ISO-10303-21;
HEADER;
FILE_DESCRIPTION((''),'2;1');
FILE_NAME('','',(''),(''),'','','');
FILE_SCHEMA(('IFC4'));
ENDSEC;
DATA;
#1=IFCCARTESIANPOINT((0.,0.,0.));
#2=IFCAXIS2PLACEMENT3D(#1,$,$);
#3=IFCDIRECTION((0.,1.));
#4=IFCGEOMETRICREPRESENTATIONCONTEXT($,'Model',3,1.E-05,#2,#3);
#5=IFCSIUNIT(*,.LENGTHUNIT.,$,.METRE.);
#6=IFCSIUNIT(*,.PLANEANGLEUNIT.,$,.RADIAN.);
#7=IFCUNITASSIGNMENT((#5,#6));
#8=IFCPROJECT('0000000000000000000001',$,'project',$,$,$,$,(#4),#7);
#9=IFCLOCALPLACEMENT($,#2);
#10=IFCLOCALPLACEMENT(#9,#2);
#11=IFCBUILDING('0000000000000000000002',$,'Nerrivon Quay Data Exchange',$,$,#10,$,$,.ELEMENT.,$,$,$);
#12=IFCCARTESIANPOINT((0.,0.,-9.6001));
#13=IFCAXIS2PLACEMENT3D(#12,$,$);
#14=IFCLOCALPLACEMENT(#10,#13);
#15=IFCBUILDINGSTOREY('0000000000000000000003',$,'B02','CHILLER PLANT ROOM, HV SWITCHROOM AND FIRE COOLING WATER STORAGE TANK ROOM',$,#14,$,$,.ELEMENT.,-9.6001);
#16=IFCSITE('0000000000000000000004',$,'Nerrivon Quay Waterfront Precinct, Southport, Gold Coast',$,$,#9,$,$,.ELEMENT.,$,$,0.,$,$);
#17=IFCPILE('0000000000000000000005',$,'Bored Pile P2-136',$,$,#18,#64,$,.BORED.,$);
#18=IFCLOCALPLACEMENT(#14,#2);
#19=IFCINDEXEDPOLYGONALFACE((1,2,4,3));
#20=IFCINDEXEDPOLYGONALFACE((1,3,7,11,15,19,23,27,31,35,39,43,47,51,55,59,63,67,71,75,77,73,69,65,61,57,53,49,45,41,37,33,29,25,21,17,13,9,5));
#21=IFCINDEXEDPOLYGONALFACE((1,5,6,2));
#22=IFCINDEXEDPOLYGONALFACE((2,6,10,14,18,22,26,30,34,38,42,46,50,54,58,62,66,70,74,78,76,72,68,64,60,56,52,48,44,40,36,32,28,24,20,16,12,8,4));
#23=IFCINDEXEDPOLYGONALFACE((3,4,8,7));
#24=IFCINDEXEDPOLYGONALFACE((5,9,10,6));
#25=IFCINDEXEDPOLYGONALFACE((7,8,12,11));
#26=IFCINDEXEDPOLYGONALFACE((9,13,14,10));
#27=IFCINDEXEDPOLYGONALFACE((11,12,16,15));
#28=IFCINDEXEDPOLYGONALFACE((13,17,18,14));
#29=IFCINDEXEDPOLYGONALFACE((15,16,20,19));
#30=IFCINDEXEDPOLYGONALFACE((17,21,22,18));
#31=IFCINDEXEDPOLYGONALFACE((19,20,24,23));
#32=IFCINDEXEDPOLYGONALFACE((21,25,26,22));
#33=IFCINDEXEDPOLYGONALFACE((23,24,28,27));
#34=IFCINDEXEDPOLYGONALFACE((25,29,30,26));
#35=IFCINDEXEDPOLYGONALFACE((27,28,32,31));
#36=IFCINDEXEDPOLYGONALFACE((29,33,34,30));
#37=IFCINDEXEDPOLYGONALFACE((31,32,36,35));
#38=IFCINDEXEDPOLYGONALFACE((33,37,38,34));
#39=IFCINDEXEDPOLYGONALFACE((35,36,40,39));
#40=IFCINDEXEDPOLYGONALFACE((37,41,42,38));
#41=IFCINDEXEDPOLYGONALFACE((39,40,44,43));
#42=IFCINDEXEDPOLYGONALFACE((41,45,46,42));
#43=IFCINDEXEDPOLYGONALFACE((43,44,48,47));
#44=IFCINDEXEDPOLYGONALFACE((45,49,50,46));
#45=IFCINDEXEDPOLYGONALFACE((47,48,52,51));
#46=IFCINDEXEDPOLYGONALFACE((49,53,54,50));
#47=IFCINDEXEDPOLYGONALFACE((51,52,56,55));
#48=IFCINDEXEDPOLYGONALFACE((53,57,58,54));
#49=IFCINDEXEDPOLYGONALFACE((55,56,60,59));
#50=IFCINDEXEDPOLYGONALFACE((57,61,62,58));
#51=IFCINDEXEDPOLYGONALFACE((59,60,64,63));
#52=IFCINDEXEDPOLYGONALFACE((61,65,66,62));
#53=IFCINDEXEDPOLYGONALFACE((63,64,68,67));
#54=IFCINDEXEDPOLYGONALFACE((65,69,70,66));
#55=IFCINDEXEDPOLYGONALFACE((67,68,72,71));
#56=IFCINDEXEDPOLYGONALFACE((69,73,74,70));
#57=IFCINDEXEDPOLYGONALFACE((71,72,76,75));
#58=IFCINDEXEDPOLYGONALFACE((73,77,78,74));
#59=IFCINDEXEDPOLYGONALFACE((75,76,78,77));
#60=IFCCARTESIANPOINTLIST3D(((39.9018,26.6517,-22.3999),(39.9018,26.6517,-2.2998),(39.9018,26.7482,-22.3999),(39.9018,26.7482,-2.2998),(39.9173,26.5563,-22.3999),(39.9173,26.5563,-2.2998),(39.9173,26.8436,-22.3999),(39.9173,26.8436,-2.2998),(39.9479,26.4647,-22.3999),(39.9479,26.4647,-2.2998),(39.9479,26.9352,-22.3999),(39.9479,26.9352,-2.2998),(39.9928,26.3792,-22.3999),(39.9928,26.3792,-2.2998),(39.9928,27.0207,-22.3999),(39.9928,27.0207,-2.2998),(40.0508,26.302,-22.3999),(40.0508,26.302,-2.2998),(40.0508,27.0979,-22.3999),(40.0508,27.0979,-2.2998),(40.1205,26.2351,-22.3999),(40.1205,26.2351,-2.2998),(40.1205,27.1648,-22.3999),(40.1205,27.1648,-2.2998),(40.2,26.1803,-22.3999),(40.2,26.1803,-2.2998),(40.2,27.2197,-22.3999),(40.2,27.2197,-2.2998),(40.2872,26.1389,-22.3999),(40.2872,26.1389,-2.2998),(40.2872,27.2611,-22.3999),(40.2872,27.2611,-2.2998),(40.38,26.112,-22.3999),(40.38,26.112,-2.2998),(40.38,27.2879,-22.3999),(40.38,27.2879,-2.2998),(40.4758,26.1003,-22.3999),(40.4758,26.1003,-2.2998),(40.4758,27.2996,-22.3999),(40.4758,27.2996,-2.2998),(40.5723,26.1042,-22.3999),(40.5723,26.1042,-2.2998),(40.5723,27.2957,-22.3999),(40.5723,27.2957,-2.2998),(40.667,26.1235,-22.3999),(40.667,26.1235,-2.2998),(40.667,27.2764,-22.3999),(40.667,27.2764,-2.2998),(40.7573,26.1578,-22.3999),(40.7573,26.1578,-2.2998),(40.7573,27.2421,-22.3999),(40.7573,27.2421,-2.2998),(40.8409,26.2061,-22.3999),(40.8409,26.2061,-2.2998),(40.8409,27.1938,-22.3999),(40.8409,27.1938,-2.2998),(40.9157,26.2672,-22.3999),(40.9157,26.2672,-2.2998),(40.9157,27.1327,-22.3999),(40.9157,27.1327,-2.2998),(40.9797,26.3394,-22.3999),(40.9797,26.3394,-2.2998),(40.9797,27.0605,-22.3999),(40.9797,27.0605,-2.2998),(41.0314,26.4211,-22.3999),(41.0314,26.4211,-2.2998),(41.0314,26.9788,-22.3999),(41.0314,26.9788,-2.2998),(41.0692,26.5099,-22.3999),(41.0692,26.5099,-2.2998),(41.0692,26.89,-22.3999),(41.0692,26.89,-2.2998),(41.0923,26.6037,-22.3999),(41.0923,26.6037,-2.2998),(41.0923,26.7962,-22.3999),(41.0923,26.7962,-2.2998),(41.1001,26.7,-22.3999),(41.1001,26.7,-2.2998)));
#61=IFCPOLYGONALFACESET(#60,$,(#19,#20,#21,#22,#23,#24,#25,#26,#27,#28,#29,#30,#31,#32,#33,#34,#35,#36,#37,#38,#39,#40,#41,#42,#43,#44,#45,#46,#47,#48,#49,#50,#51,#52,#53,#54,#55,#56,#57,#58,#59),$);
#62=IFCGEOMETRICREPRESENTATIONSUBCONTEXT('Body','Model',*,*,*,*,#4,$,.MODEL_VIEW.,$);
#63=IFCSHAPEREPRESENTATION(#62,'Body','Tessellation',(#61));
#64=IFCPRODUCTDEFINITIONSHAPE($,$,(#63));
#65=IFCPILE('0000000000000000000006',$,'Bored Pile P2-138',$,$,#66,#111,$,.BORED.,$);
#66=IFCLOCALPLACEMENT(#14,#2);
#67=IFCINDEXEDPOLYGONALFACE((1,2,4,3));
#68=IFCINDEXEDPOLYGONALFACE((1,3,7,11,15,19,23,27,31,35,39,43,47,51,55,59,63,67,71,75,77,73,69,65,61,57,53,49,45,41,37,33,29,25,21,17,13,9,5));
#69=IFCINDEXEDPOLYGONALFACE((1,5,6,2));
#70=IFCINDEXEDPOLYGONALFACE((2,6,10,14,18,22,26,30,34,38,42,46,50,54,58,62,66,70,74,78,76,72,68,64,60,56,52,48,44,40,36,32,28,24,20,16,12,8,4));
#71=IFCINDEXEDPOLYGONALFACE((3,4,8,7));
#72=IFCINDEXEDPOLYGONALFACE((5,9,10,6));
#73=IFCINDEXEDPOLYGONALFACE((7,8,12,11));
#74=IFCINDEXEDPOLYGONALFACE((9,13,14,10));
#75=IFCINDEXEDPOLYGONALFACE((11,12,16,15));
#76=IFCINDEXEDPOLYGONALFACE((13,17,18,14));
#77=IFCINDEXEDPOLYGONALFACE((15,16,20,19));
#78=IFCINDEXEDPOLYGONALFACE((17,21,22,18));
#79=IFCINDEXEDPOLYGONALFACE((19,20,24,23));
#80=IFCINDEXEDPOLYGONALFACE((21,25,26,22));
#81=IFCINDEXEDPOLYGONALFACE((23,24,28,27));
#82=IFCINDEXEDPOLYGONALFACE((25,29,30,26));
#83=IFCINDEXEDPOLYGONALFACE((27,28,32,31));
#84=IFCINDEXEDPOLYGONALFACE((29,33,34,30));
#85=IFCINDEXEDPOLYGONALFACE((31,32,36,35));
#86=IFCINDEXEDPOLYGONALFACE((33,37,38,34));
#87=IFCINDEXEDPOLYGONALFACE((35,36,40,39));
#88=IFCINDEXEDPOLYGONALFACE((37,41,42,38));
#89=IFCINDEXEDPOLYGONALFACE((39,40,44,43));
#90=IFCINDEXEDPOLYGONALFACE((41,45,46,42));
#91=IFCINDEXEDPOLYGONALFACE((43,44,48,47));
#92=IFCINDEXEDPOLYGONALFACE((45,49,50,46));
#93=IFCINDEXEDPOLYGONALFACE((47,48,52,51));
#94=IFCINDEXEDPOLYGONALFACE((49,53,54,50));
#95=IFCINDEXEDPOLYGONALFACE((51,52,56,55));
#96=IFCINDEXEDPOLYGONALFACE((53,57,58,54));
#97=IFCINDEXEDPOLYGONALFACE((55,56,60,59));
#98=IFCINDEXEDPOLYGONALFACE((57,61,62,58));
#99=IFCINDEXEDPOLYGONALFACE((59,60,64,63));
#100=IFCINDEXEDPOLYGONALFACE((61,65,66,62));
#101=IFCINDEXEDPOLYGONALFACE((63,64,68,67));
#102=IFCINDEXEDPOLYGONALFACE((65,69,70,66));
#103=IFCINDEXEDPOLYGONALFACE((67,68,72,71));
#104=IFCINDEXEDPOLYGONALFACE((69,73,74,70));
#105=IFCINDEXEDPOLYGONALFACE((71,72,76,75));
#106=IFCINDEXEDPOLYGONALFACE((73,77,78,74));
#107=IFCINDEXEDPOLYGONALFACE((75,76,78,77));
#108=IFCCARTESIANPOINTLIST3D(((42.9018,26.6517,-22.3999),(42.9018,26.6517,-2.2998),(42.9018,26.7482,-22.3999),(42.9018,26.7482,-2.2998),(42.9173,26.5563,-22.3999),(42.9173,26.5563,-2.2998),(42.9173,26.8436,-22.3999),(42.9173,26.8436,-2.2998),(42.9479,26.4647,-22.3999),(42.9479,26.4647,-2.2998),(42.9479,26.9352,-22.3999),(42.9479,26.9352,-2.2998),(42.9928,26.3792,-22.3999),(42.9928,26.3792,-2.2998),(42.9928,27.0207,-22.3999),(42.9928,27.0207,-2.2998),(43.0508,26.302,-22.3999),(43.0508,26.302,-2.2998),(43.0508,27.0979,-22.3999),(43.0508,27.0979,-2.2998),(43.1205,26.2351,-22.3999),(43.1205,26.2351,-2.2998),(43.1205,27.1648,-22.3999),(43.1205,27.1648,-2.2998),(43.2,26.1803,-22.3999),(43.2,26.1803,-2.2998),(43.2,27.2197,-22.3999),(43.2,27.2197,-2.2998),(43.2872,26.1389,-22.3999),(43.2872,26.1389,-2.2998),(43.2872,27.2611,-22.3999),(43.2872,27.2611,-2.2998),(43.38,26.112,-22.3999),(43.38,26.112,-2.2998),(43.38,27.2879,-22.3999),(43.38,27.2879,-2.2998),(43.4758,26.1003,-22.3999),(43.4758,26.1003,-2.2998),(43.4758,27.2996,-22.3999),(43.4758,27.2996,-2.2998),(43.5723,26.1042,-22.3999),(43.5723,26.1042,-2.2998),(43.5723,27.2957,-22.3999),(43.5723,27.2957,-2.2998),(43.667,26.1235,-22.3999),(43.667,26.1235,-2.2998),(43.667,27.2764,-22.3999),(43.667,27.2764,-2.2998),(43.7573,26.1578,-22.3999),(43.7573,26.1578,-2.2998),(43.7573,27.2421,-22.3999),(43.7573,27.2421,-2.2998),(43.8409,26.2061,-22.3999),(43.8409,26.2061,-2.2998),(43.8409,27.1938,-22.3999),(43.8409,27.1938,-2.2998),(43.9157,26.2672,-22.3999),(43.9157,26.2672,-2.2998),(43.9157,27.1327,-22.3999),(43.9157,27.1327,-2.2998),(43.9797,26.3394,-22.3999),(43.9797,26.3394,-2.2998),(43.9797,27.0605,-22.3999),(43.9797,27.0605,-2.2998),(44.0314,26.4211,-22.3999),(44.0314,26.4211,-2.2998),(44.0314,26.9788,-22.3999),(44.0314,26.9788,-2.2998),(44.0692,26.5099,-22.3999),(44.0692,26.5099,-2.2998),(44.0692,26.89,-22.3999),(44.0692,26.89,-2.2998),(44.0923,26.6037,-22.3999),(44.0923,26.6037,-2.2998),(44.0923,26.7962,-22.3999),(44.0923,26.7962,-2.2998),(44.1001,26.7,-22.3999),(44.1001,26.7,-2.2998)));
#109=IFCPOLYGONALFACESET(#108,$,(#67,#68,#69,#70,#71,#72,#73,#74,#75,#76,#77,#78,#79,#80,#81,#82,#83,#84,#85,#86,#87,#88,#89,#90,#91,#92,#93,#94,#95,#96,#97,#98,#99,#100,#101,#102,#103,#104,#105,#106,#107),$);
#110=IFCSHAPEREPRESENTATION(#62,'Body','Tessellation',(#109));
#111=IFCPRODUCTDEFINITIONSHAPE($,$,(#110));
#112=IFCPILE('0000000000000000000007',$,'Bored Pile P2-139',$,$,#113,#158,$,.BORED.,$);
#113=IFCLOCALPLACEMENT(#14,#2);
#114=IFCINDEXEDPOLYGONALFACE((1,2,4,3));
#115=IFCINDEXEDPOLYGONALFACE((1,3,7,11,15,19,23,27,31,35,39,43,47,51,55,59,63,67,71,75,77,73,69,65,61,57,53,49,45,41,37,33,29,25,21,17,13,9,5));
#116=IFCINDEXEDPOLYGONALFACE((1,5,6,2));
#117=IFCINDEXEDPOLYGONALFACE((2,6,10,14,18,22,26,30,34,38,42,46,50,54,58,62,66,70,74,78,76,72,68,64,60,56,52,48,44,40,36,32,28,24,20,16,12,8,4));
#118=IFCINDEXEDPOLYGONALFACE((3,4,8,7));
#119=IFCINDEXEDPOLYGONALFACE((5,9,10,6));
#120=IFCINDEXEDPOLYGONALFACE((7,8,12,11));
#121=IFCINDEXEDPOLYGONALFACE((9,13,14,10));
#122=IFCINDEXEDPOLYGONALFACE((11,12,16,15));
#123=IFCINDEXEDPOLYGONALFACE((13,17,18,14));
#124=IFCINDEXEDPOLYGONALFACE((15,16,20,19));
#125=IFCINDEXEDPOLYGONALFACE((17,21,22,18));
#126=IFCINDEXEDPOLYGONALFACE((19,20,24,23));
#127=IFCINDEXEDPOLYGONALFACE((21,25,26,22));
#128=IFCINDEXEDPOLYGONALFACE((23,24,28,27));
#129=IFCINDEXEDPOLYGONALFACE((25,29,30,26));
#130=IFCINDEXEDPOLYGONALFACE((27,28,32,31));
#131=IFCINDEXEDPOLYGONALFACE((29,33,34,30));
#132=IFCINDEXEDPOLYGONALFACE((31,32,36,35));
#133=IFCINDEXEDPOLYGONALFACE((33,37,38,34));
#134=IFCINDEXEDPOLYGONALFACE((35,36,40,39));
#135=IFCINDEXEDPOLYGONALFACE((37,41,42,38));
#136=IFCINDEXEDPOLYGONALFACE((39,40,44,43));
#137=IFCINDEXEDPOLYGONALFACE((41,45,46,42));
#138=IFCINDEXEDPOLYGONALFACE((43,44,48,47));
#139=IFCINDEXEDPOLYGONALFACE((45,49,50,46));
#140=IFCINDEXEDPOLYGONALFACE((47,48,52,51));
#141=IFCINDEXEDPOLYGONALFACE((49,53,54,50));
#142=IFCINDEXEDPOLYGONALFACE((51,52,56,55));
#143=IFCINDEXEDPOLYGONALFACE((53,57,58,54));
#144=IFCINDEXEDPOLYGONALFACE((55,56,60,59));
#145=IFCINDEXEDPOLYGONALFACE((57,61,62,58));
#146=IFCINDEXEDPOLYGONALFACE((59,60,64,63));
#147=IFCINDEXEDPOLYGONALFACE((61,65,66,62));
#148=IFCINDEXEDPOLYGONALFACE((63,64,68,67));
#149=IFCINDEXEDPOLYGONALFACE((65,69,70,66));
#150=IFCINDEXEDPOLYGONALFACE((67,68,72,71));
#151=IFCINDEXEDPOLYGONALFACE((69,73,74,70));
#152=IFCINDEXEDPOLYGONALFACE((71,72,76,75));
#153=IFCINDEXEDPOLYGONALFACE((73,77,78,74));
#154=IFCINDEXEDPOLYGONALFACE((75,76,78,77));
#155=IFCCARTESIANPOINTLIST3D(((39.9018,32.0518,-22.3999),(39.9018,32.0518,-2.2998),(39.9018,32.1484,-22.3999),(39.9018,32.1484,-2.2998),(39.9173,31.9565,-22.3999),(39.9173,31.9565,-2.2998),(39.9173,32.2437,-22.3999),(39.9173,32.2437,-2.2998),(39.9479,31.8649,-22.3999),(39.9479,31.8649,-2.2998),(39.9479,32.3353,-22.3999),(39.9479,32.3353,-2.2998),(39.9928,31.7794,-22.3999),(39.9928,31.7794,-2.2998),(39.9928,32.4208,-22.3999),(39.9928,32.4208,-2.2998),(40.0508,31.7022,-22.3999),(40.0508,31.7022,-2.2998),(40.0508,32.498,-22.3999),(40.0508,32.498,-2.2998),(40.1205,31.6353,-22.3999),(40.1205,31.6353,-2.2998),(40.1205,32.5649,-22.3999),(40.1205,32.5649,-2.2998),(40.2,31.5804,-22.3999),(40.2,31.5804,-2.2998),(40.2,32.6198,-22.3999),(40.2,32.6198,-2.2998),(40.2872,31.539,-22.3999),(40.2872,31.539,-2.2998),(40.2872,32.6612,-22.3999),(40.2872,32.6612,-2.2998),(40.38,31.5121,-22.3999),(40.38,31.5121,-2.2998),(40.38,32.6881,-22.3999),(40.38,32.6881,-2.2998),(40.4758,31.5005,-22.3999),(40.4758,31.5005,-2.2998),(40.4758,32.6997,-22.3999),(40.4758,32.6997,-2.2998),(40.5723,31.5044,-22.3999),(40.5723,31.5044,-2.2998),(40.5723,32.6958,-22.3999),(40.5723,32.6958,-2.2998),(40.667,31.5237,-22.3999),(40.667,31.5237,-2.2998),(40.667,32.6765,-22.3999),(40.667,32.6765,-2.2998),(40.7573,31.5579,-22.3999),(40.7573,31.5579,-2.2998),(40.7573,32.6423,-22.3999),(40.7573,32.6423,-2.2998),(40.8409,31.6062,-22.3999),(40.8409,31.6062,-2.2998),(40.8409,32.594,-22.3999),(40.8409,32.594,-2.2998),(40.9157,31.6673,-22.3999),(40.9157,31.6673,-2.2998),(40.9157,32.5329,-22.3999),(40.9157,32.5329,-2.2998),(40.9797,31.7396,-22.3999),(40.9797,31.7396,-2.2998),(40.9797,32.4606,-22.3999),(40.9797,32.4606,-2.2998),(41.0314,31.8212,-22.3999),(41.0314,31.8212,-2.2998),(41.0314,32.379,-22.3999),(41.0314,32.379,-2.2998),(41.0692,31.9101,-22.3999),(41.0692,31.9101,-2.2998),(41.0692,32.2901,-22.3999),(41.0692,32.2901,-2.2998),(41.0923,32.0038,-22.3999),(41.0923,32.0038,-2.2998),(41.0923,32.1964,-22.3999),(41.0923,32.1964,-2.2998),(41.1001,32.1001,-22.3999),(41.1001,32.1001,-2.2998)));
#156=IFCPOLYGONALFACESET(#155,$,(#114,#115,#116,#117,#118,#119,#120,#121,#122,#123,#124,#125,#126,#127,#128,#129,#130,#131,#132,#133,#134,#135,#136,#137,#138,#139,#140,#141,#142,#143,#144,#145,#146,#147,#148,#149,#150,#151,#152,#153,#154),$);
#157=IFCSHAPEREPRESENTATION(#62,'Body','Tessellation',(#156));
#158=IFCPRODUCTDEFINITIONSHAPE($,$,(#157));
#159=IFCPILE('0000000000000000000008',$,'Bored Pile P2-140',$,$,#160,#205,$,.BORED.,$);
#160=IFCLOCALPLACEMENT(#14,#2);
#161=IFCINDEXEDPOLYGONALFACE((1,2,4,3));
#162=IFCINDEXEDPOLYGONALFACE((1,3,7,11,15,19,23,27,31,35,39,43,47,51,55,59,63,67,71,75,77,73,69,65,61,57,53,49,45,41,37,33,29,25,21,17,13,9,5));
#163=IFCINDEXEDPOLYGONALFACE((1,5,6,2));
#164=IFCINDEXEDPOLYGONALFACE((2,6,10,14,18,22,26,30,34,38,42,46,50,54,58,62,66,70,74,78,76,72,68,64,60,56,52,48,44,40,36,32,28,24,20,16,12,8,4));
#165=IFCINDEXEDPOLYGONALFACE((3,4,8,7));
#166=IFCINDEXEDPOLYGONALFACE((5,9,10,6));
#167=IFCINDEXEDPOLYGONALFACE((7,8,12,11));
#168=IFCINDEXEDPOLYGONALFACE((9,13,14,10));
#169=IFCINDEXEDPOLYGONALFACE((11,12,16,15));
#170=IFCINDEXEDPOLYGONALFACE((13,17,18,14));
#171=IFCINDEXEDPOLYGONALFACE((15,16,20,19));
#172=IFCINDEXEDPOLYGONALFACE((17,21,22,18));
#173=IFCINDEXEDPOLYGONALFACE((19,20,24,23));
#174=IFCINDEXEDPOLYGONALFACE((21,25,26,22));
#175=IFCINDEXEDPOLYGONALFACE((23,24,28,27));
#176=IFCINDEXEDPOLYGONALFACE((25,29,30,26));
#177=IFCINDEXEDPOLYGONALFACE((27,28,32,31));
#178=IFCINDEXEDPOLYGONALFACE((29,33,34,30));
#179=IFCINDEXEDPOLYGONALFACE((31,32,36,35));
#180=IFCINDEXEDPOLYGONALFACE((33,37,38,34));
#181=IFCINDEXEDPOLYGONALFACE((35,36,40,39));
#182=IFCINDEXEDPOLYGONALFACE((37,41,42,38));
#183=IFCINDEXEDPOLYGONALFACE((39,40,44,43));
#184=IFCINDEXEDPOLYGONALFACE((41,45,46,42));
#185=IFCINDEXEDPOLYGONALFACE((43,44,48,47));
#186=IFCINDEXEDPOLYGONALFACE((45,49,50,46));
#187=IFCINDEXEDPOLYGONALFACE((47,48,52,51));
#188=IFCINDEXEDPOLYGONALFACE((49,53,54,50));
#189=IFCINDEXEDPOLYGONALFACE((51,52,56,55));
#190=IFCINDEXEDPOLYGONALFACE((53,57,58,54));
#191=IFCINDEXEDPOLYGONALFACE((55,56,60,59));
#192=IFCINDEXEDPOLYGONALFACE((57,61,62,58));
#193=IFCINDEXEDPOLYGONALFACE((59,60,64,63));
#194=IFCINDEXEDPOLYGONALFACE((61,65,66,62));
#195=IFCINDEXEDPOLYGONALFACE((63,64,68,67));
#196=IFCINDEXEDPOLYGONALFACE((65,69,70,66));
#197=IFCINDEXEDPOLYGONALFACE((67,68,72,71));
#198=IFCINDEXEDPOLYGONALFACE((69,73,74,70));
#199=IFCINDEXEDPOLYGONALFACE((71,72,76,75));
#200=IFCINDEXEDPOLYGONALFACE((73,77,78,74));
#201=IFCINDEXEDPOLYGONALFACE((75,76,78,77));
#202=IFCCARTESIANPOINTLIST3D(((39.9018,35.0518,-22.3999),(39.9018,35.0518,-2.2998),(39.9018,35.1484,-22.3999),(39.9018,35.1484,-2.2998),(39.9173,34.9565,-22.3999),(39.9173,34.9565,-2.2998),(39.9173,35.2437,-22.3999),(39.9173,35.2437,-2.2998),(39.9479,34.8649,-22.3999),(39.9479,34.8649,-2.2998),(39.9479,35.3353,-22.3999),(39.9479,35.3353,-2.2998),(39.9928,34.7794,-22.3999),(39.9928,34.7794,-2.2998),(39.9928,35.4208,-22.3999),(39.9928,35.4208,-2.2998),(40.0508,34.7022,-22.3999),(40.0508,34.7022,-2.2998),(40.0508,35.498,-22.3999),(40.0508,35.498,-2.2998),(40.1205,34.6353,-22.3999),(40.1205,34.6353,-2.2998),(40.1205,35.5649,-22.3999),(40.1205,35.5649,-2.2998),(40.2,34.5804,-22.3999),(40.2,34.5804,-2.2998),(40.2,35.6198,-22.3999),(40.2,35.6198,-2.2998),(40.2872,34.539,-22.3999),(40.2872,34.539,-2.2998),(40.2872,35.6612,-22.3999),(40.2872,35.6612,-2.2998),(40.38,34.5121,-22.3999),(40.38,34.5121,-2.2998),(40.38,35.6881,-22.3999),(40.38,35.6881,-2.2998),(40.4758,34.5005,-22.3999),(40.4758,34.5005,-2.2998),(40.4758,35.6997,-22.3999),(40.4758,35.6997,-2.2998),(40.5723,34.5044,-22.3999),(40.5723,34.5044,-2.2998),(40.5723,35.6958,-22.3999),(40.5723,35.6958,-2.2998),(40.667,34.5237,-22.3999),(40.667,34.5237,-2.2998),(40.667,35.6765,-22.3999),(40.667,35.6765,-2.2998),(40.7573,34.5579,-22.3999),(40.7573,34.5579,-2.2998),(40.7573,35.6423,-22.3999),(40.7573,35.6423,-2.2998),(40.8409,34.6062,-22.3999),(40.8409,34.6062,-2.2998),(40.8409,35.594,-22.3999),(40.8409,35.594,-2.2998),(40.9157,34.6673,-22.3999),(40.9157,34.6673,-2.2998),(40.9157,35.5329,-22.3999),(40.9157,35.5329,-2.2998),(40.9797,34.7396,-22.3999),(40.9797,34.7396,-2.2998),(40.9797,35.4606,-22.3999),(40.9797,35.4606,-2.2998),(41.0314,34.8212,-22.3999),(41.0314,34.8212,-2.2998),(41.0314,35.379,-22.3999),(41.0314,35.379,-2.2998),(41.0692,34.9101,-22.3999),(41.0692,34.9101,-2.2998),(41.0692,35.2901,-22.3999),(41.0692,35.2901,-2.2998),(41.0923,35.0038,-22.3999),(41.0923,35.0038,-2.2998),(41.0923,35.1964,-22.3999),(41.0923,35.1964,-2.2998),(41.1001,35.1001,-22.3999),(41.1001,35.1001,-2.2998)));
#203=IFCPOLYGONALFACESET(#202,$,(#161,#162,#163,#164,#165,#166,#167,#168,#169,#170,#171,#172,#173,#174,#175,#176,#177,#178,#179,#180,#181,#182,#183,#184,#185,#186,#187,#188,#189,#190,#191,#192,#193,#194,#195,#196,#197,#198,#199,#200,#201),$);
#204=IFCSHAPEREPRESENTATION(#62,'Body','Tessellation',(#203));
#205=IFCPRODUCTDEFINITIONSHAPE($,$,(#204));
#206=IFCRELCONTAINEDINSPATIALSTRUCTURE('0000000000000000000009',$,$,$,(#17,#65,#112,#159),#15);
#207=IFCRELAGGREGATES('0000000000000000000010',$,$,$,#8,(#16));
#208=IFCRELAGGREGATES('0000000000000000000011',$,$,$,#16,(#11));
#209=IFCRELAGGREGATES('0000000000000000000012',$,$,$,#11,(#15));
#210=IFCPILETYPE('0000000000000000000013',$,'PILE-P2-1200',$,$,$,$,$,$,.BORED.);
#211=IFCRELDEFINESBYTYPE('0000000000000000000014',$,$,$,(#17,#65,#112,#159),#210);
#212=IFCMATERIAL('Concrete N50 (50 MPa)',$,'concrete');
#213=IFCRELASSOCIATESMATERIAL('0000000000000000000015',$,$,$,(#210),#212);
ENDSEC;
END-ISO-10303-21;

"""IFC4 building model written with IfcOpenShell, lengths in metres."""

from ifc_helpers import new_model, si_unit, direction, frame, origin, origin_2d, place, context, subcontext, project, spatial, circle, extrude, material, material_profile, profile_set, type_object, element, save


model = new_model("IFC4")

# Units and contexts
model_context = context("Model", 3, precision=1e-05, world=origin(), true_north=direction((0.0, 1.0)))
body_context = subcontext(model_context, "Body", "Model", "MODEL_VIEW")
ifc_project = project(units=[si_unit("LENGTHUNIT", "METRE"), si_unit("PLANEANGLEUNIT", "RADIAN")], contexts=[model_context])

# Site, building, storey
site_placement = place(None, origin())
site = spatial("IfcSite", under=ifc_project, at=site_placement, Name="Nerrivon Quay Waterfront Precinct, Southport, Gold Coast", CompositionType="ELEMENT", RefElevation=0.0)
building_placement = place(site_placement, origin())
building = spatial("IfcBuilding", under=site, at=building_placement, Name="Nerrivon Quay Data Exchange", CompositionType="ELEMENT")
storey_placement = place(building_placement, frame((0.0, 0.0, -9.6001)))
storey = spatial("IfcBuildingStorey", under=building, at=storey_placement, Name="B02", Description="CHILLER PLANT ROOM, HV SWITCHROOM AND FIRE COOLING WATER STORAGE TANK ROOM", CompositionType="ELEMENT", Elevation=-9.6001)

# Piles
ifc_material_1 = material(Name="Concrete N50 (50 MPa)", Category="concrete")
ifc_material_profile_1 = material_profile(ifc_material_1, circle(Radius=0.6001, at=origin_2d()), Name="PILE-1200")
ifc_profile_set_1 = profile_set([ifc_material_profile_1], Name="Concrete N50 (50 MPa)")
pile_type = type_object("IfcPileType", Name="PILE-P2-1200", PredefinedType="BORED", material=ifc_profile_set_1)
for number, where, z_axis, x_axis, name in (
    (1, (40.5, 26.7, -2.2998), (0.0, 0.0, -1.0), (1.0, 0.0, 0.0), "Bored Pile P2-136"),
    (2, (43.5, 26.7, -2.2998), (0.0, 0.0, -1.0), (1.0, 0.0, 0.0), "Bored Pile P2-138"),
    (3, (40.5, 32.1001, -2.2998), (0.0, 0.0, -1.0), (1.0, 0.0, 0.0), "Bored Pile P2-139"),
    (4, (40.5, 35.1001, -2.2998), (0.0, 0.0, -1.0), (1.0, 0.0, 0.0), "Bored Pile P2-140"),
):
    element("IfcPile", number, at=place(storey_placement, frame(where, z_axis=z_axis, x_axis=x_axis)), inside=storey, type_object=pile_type, Name=name, PredefinedType="BORED", context=body_context, shape_type="SweptSolid", body=[
        extrude(circle(Radius=0.6001, at=origin_2d()), origin(), (0.0, 0.0, 1.0), 20.1001),
    ])

save(model, "model.ifc")
